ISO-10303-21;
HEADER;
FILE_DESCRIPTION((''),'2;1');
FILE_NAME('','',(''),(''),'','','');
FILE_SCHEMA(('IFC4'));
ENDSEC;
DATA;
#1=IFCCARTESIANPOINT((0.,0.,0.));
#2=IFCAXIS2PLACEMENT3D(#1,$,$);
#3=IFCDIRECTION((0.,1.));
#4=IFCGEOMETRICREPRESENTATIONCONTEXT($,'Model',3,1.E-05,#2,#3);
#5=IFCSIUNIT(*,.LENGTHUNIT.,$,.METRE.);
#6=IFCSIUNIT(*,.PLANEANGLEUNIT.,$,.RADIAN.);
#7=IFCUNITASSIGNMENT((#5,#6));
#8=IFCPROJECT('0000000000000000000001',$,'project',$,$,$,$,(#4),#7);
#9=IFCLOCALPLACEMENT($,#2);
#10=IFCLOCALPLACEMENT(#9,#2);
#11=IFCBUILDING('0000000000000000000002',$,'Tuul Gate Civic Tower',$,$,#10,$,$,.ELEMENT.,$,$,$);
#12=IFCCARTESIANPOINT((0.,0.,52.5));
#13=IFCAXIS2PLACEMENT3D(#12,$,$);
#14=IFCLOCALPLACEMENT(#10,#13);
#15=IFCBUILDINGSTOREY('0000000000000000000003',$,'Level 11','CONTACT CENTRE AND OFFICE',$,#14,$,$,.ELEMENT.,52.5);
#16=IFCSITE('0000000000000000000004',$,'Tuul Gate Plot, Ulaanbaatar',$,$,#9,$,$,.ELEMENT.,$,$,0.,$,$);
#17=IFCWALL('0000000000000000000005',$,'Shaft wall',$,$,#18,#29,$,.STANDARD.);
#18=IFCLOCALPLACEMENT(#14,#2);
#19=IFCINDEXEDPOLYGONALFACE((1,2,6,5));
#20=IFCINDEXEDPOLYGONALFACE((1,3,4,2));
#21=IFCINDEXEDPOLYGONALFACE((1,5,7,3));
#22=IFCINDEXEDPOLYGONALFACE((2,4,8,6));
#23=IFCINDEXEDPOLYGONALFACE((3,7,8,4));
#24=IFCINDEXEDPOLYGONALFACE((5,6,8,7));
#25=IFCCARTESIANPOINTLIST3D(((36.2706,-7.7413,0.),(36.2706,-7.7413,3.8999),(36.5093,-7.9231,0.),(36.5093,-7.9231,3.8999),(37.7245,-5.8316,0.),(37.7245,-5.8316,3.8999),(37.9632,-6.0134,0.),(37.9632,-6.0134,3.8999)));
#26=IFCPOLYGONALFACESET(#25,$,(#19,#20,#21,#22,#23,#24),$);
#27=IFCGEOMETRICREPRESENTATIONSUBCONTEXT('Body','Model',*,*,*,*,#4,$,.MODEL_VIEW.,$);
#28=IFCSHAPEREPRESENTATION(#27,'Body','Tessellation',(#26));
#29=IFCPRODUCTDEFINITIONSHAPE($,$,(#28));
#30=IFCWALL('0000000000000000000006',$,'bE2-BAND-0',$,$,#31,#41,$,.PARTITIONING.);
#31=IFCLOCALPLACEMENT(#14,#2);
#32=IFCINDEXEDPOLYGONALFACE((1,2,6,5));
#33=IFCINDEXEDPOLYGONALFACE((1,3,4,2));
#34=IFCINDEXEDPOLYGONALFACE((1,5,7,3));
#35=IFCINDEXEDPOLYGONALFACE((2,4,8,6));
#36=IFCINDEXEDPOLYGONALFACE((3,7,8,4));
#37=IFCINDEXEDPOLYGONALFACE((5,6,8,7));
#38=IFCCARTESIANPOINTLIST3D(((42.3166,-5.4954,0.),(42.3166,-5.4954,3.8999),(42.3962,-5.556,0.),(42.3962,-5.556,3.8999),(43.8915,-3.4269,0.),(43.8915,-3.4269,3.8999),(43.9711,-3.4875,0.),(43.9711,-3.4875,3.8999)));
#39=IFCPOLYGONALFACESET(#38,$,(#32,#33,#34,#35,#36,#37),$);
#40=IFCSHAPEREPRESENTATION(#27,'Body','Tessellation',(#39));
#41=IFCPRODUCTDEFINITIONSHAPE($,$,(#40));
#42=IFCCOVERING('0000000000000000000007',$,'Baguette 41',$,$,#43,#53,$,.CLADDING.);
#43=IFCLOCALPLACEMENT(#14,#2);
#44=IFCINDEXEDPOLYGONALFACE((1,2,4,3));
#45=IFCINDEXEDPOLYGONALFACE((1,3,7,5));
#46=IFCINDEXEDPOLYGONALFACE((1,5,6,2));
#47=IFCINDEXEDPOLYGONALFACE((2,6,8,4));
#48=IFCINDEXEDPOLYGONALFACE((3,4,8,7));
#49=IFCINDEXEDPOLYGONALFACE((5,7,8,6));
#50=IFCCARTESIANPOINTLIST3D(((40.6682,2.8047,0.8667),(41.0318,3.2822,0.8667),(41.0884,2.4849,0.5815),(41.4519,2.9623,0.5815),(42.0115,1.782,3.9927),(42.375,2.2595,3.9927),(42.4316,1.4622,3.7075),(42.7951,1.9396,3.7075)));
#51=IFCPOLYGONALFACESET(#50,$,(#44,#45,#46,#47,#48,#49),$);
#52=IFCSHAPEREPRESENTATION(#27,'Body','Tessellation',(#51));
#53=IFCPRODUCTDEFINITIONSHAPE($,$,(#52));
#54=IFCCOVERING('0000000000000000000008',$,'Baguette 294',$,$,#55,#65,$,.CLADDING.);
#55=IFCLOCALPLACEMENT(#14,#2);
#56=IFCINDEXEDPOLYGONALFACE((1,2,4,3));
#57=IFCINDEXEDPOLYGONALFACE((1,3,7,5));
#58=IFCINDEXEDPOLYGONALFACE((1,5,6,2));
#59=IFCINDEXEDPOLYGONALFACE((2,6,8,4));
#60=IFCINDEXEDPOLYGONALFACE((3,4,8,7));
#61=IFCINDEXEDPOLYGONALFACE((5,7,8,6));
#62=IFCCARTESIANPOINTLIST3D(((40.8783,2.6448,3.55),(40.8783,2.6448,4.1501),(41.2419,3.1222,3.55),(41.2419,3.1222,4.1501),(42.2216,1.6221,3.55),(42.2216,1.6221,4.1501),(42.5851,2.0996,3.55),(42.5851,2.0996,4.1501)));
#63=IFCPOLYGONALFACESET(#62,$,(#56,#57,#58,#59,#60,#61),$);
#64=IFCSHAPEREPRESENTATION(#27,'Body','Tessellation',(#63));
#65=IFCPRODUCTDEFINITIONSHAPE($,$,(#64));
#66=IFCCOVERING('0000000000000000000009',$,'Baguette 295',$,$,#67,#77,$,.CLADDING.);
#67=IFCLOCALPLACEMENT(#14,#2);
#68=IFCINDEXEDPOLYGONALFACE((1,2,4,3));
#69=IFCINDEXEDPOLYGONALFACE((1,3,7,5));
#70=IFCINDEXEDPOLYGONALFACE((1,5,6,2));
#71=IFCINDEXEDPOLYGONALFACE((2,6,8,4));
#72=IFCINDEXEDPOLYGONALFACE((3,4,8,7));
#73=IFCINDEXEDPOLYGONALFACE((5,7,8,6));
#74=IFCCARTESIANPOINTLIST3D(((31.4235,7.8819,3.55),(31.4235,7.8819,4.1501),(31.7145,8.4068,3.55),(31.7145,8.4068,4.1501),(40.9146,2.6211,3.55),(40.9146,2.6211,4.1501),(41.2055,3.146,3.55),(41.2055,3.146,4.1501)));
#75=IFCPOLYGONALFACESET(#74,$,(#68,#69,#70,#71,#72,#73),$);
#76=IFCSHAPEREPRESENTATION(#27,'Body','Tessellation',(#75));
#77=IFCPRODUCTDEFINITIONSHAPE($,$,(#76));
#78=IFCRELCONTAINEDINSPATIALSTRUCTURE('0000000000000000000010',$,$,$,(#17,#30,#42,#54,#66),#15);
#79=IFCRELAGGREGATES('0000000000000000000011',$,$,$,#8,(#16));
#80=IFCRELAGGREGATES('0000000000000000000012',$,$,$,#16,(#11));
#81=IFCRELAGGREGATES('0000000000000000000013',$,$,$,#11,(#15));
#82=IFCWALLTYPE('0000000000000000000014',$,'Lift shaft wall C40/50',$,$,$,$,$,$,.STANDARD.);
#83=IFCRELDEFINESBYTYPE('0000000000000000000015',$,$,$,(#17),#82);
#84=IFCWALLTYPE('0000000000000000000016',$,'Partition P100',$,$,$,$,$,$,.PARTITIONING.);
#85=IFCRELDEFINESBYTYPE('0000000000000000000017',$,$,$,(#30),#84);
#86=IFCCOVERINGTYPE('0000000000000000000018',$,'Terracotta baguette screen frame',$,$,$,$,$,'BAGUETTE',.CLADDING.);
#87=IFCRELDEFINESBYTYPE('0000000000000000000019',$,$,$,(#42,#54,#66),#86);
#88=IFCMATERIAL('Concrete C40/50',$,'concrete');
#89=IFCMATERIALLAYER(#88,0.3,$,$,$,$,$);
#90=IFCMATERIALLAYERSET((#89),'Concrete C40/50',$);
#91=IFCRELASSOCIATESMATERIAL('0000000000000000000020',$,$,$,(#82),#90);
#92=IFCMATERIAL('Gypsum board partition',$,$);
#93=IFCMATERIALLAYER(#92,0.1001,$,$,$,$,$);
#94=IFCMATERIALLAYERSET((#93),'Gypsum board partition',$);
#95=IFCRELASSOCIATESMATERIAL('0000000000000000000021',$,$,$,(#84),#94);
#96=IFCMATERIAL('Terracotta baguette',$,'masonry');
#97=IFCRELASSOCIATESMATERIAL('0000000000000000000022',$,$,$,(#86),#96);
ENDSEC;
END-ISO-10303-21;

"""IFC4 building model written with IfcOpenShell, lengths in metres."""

from ifc_helpers import new_model, si_unit, direction, frame, frame_2d, origin, origin_2d, place, context, subcontext, project, spatial, rectangle, extrude, material, layer, layer_set, material_profile, profile_set, type_object, element, save


model = new_model("IFC4")

# Units and contexts
model_context = context("Model", 3, precision=1e-05, world=origin(), true_north=direction((0.0, 1.0)))
body_context = subcontext(model_context, "Body", "Model", "MODEL_VIEW")
ifc_project = project(units=[si_unit("LENGTHUNIT", "METRE"), si_unit("PLANEANGLEUNIT", "RADIAN")], contexts=[model_context])

# Site, building, storey
site_placement = place(None, origin())
site = spatial("IfcSite", under=ifc_project, at=site_placement, Name="Tuul Gate Plot, Ulaanbaatar", CompositionType="ELEMENT", RefElevation=0.0)
building_placement = place(site_placement, origin())
building = spatial("IfcBuilding", under=site, at=building_placement, Name="Tuul Gate Civic Tower", CompositionType="ELEMENT")
storey_placement = place(building_placement, frame((0.0, 0.0, 52.5)))
storey = spatial("IfcBuildingStorey", under=building, at=storey_placement, Name="Level 11", Description="CONTACT CENTRE AND OFFICE", CompositionType="ELEMENT", Elevation=52.5)

# Shared definitions
ifc_material_1 = material(Name="Concrete C40/50", Category="concrete")
ifc_layer_1 = layer(ifc_material_1, 0.3)
ifc_layer_set_1 = layer_set([ifc_layer_1], Name="Concrete C40/50")
wall_type_1 = type_object("IfcWallType", Name="Lift shaft wall C40/50", PredefinedType="STANDARD", material=ifc_layer_set_1)

# Walls
wall_1_placement = place(storey_placement, frame((36.3899, -7.8323, 0.0), z_axis=(0.0, 0.0, 1.0), x_axis=(0.605746, 0.795658, 0.0)))
element("IfcWall", 1, at=wall_1_placement, inside=storey, type_object=wall_type_1, Name="Shaft wall", PredefinedType="STANDARD", context=body_context, shape_type="SweptSolid", body=[
    extrude(rectangle(XDim=2.4001, YDim=0.3, at=frame_2d((1.2002, 0.0))), origin(), (0.0, 0.0, 1.0), 3.8999),
])
ifc_material_2 = material(Name="Gypsum board partition")
ifc_layer_2 = layer(ifc_material_2, 0.1001)
ifc_layer_set_2 = layer_set([ifc_layer_2], Name="Gypsum board partition")
wall_type_2 = type_object("IfcWallType", Name="Partition P100", PredefinedType="PARTITIONING", material=ifc_layer_set_2)
wall_2_placement = place(storey_placement, frame((42.3564, -5.5256, 0.0), z_axis=(0.0, 0.0, 1.0), x_axis=(0.605769, 0.795641, 0.0)))
element("IfcWall", 2, at=wall_2_placement, inside=storey, type_object=wall_type_2, Name="bE2-BAND-0", PredefinedType="PARTITIONING", context=body_context, shape_type="SweptSolid", body=[
    extrude(rectangle(XDim=2.5999, YDim=0.1001, at=frame_2d((1.2998, 0.0))), origin(), (0.0, 0.0, 1.0), 3.8999),
])

# Coverings
ifc_material_3 = material(Name="Terracotta baguette", Category="masonry")
ifc_material_profile_1 = material_profile(ifc_material_3, rectangle(XDim=0.6001, YDim=0.6001, at=origin_2d()), Name="Terracotta baguette screen frame")
ifc_profile_set_1 = profile_set([ifc_material_profile_1], Name="Terracotta baguette")
covering_type = type_object("IfcCoveringType", Name="Terracotta baguette screen frame", ElementType="BAGUETTE", PredefinedType="CLADDING", material=ifc_profile_set_1)
covering_1_placement = place(storey_placement, frame((42.4033, 1.8608, 3.8501), z_axis=(-0.378091, 0.287863, -0.879876), x_axis=(-0.605769, -0.795641, 0.0)))
element("IfcCovering", 3, at=covering_1_placement, inside=storey, type_object=covering_type, Name="Baguette 41", PredefinedType="CLADDING", context=body_context, shape_type="SweptSolid", body=[
    extrude(rectangle(XDim=0.6001, YDim=0.6001, at=origin_2d()), origin(), (0.0, 0.0, 1.0), 3.5527),
])
covering_2_placement = place(storey_placement, frame((42.4033, 1.8608, 3.8501), z_axis=(-0.795641, 0.605769, 0.0), x_axis=(-0.605769, -0.795641, 0.0)))
element("IfcCovering", 4, at=covering_2_placement, inside=storey, type_object=covering_type, Name="Baguette 294", PredefinedType="CLADDING", context=body_context, shape_type="SweptSolid", body=[
    extrude(rectangle(XDim=0.6001, YDim=0.6001, at=origin_2d()), origin(), (0.0, 0.0, 1.0), 1.6882),
])
covering_3_placement = place(storey_placement, frame((41.0601, 2.8835, 3.8501), z_axis=(-0.874627, 0.484796, 0.0), x_axis=(-0.484796, -0.874627, 0.0)))
element("IfcCovering", 5, at=covering_3_placement, inside=storey, type_object=covering_type, Name="Baguette 295", PredefinedType="CLADDING", context=body_context, shape_type="SweptSolid", body=[
    extrude(rectangle(XDim=0.6001, YDim=0.6001, at=origin_2d()), origin(), (0.0, 0.0, 1.0), 10.8516),
])

save(model, "model.ifc")
